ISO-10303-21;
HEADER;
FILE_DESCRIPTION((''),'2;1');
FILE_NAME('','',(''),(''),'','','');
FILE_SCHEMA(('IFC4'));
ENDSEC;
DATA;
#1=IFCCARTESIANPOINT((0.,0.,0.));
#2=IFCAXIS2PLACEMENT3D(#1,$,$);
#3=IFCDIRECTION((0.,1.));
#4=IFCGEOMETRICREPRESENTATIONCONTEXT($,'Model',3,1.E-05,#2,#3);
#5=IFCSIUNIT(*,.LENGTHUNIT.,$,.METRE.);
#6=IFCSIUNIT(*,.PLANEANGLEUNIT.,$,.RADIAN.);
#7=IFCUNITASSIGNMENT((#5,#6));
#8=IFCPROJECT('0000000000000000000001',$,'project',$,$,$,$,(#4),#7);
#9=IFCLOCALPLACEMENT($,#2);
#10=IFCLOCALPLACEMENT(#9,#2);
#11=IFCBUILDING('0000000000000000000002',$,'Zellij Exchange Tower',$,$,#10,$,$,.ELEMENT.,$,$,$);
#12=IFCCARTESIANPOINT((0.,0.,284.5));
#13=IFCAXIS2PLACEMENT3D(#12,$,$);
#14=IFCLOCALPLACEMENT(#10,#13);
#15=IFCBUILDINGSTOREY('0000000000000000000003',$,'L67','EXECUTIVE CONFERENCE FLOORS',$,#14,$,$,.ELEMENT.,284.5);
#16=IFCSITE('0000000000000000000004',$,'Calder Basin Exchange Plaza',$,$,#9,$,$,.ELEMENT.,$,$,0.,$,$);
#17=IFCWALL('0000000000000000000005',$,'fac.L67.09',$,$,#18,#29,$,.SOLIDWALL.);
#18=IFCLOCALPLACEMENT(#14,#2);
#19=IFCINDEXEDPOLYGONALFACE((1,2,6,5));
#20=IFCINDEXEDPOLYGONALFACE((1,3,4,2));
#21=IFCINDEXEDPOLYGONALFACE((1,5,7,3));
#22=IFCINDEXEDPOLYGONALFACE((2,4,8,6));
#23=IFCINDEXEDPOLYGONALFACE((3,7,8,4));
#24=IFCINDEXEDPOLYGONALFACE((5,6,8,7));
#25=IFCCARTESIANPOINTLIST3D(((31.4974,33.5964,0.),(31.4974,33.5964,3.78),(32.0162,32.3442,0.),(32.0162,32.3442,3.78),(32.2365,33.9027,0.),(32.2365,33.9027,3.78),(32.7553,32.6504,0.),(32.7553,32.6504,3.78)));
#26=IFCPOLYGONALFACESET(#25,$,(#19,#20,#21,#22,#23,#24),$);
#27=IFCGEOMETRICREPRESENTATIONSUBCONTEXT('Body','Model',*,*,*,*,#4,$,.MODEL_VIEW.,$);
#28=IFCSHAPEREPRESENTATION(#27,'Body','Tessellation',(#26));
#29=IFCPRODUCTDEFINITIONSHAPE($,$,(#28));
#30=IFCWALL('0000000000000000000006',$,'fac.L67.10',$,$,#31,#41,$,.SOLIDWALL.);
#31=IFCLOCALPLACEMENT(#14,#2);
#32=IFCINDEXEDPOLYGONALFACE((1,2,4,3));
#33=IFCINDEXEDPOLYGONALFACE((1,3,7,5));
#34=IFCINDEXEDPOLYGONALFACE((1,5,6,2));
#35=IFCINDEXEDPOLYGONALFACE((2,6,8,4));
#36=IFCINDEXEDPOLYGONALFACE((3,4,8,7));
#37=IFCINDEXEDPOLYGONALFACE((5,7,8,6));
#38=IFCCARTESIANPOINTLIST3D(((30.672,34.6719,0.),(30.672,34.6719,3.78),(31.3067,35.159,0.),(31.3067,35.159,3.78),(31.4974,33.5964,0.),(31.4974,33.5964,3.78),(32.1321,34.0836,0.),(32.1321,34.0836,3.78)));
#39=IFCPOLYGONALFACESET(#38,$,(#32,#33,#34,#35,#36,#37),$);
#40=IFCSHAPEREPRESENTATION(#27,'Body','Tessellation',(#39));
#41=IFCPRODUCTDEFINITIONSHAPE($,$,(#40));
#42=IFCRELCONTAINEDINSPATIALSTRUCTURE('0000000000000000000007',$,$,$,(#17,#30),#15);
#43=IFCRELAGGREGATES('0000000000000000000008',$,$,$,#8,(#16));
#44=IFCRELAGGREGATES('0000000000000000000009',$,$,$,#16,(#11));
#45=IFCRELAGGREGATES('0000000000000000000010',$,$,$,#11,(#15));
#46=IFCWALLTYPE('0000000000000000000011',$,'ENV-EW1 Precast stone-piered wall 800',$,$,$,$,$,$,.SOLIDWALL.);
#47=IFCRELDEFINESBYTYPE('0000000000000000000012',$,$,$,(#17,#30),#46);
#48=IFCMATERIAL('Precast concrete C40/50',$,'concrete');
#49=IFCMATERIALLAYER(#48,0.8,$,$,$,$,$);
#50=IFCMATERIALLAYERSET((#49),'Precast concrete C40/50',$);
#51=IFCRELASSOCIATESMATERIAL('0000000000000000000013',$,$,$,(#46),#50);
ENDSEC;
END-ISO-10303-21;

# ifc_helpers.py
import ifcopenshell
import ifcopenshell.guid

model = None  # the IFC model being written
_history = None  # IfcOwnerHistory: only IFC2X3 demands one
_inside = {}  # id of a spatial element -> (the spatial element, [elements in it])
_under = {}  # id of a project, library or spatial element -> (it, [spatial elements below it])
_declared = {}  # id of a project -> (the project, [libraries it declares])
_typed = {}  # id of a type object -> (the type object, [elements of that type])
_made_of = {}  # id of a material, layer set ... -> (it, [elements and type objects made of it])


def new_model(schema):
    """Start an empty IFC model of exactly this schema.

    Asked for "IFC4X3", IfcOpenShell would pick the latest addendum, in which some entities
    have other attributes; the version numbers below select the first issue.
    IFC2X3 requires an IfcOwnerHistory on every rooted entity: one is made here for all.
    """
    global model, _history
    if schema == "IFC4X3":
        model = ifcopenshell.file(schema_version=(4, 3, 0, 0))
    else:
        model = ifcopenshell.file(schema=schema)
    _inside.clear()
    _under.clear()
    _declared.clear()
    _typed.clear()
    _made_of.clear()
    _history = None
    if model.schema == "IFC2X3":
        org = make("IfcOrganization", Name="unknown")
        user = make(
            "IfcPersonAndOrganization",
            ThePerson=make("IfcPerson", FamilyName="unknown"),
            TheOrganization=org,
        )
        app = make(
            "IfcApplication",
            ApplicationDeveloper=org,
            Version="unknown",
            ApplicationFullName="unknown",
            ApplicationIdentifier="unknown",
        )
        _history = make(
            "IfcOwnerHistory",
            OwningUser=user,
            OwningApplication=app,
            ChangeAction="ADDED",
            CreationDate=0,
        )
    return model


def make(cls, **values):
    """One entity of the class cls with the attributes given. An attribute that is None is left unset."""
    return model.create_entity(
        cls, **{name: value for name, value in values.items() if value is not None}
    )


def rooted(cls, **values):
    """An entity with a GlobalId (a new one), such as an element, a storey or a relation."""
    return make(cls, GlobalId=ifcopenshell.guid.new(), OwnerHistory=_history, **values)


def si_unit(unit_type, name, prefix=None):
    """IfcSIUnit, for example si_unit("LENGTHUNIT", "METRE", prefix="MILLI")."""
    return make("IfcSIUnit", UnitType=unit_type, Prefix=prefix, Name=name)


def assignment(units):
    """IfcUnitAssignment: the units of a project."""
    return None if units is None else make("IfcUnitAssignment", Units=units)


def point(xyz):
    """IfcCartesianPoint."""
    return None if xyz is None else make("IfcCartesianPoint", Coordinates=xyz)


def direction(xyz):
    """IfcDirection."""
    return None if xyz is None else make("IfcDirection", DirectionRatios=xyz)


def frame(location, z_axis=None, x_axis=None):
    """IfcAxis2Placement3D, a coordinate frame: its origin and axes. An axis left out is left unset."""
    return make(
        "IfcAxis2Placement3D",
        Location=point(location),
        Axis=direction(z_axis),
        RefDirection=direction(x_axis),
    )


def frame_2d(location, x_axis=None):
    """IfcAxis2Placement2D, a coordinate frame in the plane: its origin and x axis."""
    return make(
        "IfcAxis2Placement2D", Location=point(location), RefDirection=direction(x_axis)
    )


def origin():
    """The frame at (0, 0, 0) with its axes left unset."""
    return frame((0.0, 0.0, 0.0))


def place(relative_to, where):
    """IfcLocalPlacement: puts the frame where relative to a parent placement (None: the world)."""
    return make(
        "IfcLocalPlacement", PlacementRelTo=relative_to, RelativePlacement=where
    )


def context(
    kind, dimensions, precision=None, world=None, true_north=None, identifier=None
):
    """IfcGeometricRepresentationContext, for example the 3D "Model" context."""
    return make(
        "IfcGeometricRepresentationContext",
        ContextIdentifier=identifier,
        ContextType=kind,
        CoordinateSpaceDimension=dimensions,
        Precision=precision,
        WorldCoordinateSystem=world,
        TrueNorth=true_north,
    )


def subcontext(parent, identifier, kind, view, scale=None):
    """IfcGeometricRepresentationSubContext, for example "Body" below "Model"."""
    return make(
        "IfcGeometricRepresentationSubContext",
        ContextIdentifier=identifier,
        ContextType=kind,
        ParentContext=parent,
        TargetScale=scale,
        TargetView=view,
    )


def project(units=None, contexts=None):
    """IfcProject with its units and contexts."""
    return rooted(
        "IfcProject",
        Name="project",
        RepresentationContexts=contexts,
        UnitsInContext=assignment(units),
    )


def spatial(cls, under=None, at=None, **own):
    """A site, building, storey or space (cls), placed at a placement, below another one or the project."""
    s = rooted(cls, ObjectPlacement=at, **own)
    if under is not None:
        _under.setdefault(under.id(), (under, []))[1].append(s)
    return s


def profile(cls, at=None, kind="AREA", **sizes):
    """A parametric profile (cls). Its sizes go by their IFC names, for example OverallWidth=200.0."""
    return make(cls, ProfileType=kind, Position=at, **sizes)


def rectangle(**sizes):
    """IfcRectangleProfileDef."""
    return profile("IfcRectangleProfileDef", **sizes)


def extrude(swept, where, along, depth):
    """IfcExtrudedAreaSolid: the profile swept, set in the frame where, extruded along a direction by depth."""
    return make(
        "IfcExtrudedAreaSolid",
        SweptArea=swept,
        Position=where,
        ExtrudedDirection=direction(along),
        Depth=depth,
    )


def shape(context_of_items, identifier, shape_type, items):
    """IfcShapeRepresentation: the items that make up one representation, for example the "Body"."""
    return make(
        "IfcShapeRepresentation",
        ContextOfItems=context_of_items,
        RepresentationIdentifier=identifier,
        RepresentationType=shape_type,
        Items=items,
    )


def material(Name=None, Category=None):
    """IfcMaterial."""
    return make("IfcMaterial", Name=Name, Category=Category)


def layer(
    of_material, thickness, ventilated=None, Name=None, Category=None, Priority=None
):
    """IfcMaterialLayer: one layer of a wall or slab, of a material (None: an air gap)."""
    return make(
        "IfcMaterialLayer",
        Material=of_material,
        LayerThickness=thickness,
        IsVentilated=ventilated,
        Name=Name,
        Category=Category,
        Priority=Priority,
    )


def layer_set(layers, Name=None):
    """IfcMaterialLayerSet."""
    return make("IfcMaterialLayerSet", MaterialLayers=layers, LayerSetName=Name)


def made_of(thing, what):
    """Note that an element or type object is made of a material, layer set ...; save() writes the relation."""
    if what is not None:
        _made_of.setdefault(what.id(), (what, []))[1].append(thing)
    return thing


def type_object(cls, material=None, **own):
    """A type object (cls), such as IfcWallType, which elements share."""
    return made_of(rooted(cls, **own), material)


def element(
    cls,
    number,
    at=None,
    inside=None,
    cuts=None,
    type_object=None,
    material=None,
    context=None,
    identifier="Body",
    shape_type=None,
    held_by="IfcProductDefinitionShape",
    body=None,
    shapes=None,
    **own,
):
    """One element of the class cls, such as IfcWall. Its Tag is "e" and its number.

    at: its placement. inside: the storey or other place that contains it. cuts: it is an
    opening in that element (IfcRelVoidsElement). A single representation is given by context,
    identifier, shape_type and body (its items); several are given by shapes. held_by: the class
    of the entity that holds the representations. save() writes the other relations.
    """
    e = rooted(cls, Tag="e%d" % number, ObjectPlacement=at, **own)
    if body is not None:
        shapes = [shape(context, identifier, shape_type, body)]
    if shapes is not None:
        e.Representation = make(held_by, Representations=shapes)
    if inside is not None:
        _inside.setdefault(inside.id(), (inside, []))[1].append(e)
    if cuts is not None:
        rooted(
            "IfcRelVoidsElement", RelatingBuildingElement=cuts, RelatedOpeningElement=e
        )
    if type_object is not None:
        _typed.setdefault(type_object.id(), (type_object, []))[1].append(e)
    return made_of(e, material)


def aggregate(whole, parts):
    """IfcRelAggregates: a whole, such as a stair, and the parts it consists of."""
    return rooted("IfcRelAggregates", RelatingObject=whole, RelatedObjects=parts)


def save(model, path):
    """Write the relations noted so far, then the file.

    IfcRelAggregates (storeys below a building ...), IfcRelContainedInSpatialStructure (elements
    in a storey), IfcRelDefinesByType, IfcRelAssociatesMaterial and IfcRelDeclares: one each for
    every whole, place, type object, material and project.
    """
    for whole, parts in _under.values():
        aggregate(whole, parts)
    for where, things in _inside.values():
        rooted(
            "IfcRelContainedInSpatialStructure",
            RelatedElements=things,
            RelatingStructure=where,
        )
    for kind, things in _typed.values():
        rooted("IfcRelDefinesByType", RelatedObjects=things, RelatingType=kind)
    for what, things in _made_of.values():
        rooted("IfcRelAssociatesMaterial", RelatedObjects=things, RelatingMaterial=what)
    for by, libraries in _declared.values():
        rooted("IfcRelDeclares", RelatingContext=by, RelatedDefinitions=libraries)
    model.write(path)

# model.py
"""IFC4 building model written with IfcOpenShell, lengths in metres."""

from ifc_helpers import new_model, si_unit, direction, frame, frame_2d, origin, place, context, subcontext, project, spatial, rectangle, extrude, material, layer, layer_set, type_object, element, save


model = new_model("IFC4")

# Units and contexts
model_context = context("Model", 3, precision=1e-05, world=origin(), true_north=direction((0.0, 1.0)))
body_context = subcontext(model_context, "Body", "Model", "MODEL_VIEW")
ifc_project = project(units=[si_unit("LENGTHUNIT", "METRE"), si_unit("PLANEANGLEUNIT", "RADIAN")], contexts=[model_context])

# Site, building, storey
site_placement = place(None, origin())
site = spatial("IfcSite", under=ifc_project, at=site_placement, Name="Calder Basin Exchange Plaza", CompositionType="ELEMENT", RefElevation=0.0)
building_placement = place(site_placement, origin())
building = spatial("IfcBuilding", under=site, at=building_placement, Name="Zellij Exchange Tower", CompositionType="ELEMENT")
storey_placement = place(building_placement, frame((0.0, 0.0, 284.5)))
storey = spatial("IfcBuildingStorey", under=building, at=storey_placement, Name="L67", Description="EXECUTIVE CONFERENCE FLOORS", CompositionType="ELEMENT", Elevation=284.5)

# Walls
ifc_material_1 = material(Name="Precast concrete C40/50", Category="concrete")
ifc_layer = layer(ifc_material_1, 0.8)
ifc_layer_set = layer_set([ifc_layer], Name="Precast concrete C40/50")
wall_type = type_object("IfcWallType", Name="ENV-EW1 Precast stone-piered wall 800", PredefinedType="SOLIDWALL", material=ifc_layer_set)
wall_1_placement = place(storey_placement, frame((32.3857, 32.4973, 0.0), z_axis=(0.0, 0.0, 1.0), x_axis=(-0.38276, 0.923848, 0.0)))
element("IfcWall", 1, at=wall_1_placement, inside=storey, type_object=wall_type, Name="fac.L67.09", PredefinedType="SOLIDWALL", context=body_context, shape_type="SweptSolid", body=[
    extrude(rectangle(XDim=1.3555, YDim=0.8, at=frame_2d((0.6777, 0.0))), origin(), (0.0, 0.0, 1.0), 3.78),
])
wall_2_placement = place(storey_placement, frame((31.8147, 33.8401, 0.0), z_axis=(0.0, 0.0, 1.0), x_axis=(-0.608866, 0.793273, 0.0)))
element("IfcWall", 2, at=wall_2_placement, inside=storey, type_object=wall_type, Name="fac.L67.10", PredefinedType="SOLIDWALL", context=body_context, shape_type="SweptSolid", body=[
    extrude(rectangle(XDim=1.3557, YDim=0.8, at=frame_2d((0.6777, 0.0))), origin(), (0.0, 0.0, 1.0), 3.78),
])

save(model, "model.ifc")
